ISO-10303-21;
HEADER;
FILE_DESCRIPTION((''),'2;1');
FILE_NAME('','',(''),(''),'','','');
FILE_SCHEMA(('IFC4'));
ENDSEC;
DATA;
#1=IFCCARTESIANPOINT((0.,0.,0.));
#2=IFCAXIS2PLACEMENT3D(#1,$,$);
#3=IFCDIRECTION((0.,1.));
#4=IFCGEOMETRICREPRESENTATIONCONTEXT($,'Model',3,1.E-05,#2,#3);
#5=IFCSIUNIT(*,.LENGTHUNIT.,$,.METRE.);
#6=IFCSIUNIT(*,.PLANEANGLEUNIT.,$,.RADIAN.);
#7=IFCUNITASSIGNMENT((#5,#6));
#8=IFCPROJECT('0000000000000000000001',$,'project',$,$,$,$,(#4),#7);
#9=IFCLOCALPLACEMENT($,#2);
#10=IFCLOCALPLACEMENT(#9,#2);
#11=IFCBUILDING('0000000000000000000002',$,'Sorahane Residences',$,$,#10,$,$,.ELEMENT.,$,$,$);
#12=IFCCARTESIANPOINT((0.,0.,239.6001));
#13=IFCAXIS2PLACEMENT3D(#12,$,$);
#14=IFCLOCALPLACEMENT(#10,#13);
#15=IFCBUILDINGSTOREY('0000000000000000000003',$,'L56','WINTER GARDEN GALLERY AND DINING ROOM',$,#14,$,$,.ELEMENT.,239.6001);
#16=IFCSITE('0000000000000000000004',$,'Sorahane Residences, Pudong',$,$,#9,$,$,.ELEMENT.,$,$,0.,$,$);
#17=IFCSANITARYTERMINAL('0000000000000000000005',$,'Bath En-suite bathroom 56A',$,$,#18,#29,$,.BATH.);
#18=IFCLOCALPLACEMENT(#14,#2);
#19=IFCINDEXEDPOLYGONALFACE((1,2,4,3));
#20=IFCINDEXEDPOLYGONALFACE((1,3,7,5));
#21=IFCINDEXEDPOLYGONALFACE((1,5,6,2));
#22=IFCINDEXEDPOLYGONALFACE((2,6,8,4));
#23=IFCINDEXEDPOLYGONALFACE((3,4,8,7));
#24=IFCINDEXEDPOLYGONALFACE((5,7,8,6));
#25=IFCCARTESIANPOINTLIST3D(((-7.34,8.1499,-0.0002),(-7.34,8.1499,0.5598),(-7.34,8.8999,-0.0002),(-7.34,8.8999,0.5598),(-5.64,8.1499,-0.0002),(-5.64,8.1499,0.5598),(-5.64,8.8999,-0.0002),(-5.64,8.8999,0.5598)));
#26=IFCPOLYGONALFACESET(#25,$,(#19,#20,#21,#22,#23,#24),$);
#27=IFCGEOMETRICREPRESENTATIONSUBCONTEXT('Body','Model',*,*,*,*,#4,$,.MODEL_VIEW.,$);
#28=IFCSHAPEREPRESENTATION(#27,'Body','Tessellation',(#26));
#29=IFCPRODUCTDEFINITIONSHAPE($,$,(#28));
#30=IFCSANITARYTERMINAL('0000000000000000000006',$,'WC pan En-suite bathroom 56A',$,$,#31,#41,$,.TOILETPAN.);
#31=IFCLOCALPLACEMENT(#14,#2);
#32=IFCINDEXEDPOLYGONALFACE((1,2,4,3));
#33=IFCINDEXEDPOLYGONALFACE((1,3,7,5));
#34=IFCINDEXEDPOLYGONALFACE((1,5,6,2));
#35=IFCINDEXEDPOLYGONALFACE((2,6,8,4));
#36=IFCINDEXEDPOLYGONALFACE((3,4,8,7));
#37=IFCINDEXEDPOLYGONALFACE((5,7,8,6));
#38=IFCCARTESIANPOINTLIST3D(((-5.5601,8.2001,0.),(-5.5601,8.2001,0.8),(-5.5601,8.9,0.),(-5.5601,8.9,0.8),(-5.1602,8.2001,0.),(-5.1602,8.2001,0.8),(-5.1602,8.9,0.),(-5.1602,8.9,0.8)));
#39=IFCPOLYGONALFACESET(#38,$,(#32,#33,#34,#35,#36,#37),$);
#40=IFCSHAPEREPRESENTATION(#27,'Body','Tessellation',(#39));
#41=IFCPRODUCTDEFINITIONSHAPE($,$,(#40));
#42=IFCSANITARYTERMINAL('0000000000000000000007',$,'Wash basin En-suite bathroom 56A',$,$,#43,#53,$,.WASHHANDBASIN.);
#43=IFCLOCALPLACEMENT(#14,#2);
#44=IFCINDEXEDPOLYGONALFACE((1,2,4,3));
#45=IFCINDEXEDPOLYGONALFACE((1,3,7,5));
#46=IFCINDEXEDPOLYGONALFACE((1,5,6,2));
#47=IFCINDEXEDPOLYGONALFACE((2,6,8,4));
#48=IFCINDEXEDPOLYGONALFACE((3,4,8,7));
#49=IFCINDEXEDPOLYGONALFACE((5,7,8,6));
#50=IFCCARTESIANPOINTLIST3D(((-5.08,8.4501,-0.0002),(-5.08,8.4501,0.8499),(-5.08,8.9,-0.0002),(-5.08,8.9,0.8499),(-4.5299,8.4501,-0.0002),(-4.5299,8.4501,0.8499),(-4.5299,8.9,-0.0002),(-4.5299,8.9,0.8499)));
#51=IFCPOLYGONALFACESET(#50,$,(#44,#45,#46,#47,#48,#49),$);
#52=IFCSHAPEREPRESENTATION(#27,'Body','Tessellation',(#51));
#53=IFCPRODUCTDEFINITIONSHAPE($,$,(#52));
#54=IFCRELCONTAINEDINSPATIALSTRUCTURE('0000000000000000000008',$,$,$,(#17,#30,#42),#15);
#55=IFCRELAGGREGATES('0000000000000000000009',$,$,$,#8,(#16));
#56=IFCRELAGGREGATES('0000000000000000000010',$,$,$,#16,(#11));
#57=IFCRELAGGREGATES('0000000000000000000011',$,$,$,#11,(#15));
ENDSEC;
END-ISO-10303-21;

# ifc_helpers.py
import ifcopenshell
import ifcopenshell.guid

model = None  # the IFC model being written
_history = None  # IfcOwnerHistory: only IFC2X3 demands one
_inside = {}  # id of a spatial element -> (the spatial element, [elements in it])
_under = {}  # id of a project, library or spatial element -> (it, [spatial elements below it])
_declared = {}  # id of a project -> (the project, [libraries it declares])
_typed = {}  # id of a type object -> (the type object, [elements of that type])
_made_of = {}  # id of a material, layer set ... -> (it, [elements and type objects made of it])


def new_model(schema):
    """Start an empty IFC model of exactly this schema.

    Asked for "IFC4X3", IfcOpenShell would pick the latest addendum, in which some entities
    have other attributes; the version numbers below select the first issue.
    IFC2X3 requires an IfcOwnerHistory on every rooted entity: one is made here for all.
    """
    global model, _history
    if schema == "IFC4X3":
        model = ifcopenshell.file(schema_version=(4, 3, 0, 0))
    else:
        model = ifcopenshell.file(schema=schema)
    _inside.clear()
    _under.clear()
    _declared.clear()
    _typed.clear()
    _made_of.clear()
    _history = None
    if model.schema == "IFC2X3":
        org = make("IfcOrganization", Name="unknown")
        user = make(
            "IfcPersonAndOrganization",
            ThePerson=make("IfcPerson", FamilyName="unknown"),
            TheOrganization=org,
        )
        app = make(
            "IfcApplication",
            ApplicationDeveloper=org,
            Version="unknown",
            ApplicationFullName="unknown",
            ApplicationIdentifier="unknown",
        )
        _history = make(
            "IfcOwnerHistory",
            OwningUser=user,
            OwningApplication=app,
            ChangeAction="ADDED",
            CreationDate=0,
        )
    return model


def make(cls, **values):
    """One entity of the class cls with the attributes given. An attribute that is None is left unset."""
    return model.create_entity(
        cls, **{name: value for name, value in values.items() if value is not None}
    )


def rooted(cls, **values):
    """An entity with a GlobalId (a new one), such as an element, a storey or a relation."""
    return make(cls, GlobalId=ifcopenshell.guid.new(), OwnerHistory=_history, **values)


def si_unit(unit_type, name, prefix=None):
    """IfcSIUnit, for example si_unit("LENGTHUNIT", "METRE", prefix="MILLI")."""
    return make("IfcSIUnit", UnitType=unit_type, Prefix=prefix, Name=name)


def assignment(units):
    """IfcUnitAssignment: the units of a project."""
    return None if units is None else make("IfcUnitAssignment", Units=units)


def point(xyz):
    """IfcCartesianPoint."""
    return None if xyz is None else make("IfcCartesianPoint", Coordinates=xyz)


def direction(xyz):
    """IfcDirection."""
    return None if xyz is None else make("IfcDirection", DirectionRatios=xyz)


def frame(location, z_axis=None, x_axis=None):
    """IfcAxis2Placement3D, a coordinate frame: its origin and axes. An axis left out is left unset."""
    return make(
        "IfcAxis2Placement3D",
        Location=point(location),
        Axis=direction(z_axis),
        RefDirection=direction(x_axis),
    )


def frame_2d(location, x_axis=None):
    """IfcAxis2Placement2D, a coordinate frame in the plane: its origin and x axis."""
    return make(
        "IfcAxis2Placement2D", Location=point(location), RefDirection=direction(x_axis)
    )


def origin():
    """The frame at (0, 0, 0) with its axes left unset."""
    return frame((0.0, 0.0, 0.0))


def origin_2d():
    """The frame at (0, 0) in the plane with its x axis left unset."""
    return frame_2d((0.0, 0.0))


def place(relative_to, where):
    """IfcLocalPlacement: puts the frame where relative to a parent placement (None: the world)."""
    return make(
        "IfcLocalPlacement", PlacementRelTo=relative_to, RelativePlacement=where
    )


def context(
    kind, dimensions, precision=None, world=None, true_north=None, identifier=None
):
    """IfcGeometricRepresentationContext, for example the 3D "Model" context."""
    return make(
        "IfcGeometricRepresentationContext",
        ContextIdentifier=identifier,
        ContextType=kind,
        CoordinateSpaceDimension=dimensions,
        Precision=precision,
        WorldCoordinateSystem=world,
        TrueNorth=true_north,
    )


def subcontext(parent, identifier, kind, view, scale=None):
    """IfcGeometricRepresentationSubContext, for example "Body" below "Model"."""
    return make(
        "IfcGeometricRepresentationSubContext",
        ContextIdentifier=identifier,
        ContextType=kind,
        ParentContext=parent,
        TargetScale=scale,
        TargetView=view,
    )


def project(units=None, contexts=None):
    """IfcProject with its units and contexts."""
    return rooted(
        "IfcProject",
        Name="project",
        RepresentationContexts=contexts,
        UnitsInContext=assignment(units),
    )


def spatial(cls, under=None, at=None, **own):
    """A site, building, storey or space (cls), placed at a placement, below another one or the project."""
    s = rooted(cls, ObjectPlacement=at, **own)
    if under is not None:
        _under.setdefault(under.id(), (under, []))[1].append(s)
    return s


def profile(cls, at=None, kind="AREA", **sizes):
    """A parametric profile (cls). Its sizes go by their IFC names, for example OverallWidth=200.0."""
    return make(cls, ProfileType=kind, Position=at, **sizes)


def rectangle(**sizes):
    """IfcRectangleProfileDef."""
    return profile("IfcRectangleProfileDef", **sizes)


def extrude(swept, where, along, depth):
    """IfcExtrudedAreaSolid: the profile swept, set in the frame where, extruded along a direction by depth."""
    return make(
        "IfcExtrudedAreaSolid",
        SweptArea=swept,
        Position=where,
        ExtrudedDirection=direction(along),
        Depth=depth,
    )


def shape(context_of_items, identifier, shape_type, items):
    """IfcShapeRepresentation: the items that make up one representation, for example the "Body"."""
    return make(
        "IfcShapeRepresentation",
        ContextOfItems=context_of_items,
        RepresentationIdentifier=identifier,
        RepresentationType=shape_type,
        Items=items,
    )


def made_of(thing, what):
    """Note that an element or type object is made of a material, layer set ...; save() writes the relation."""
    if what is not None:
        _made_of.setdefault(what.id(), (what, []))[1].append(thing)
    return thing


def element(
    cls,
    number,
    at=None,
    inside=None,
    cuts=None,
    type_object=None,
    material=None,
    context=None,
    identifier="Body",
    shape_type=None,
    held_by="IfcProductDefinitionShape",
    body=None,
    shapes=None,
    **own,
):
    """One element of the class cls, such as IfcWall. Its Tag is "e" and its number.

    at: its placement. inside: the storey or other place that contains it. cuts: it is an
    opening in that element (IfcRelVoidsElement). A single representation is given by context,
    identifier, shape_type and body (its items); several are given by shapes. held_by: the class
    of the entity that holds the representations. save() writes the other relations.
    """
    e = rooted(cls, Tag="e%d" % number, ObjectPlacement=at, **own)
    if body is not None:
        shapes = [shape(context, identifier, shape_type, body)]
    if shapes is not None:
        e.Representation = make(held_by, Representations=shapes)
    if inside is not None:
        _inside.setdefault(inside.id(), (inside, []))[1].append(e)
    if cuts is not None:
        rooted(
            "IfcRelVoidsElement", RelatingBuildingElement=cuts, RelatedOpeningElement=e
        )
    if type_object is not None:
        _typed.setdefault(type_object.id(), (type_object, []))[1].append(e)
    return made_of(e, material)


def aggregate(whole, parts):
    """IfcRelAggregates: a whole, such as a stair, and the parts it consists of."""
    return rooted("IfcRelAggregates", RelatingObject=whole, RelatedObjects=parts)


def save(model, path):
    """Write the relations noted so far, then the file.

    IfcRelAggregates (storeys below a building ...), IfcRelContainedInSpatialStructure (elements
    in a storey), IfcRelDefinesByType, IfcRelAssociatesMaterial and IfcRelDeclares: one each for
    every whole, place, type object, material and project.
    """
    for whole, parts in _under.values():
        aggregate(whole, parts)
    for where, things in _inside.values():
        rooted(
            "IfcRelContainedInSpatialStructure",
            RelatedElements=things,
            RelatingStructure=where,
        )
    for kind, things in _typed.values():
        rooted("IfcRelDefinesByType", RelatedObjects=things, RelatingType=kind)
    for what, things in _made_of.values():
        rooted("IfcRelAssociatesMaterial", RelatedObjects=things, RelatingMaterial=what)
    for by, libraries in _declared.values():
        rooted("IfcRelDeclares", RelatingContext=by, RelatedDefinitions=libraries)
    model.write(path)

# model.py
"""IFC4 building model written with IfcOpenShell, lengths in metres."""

from ifc_helpers import new_model, si_unit, direction, frame, origin, origin_2d, place, context, subcontext, project, spatial, rectangle, extrude, element, save


model = new_model("IFC4")

# Units and contexts
model_context = context("Model", 3, precision=1e-05, world=origin(), true_north=direction((0.0, 1.0)))
body_context = subcontext(model_context, "Body", "Model", "MODEL_VIEW")
ifc_project = project(units=[si_unit("LENGTHUNIT", "METRE"), si_unit("PLANEANGLEUNIT", "RADIAN")], contexts=[model_context])

# Site, building, storey
site_placement = place(None, origin())
site = spatial("IfcSite", under=ifc_project, at=site_placement, Name="Sorahane Residences, Pudong", CompositionType="ELEMENT", RefElevation=0.0)
building_placement = place(site_placement, origin())
building = spatial("IfcBuilding", under=site, at=building_placement, Name="Sorahane Residences", CompositionType="ELEMENT")
storey_placement = place(building_placement, frame((0.0, 0.0, 239.6001)))
storey = spatial("IfcBuildingStorey", under=building, at=storey_placement, Name="L56", Description="WINTER GARDEN GALLERY AND DINING ROOM", CompositionType="ELEMENT", Elevation=239.6001)

# Sanitary terminals
sanitary_terminal_1_placement = place(storey_placement, frame((-6.49, 8.5249, -0.0002), z_axis=(0.0, 0.0, 1.0), x_axis=(1.0, 0.0, 0.0)))
element("IfcSanitaryTerminal", 1, at=sanitary_terminal_1_placement, inside=storey, Name="Bath En-suite bathroom 56A", PredefinedType="BATH", context=body_context, shape_type="SweptSolid", body=[
    extrude(rectangle(XDim=1.7, YDim=0.75, at=origin_2d()), origin(), (0.0, 0.0, 1.0), 0.5601),
])
sanitary_terminal_2_placement = place(storey_placement, frame((-5.3601, 8.55, 0.0), z_axis=(0.0, 0.0, 1.0), x_axis=(1.0, 0.0, 0.0)))
element("IfcSanitaryTerminal", 2, at=sanitary_terminal_2_placement, inside=storey, Name="WC pan En-suite bathroom 56A", PredefinedType="TOILETPAN", context=body_context, shape_type="SweptSolid", body=[
    extrude(rectangle(XDim=0.3999, YDim=0.7, at=origin_2d()), origin(), (0.0, 0.0, 1.0), 0.8),
])
sanitary_terminal_3_placement = place(storey_placement, frame((-4.8049, 8.675, -0.0002), z_axis=(0.0, 0.0, 1.0), x_axis=(1.0, 0.0, 0.0)))
element("IfcSanitaryTerminal", 3, at=sanitary_terminal_3_placement, inside=storey, Name="Wash basin En-suite bathroom 56A", PredefinedType="WASHHANDBASIN", context=body_context, shape_type="SweptSolid", body=[
    extrude(rectangle(XDim=0.55, YDim=0.45, at=origin_2d()), origin(), (0.0, 0.0, 1.0), 0.8501),
])

save(model, "model.ifc")
